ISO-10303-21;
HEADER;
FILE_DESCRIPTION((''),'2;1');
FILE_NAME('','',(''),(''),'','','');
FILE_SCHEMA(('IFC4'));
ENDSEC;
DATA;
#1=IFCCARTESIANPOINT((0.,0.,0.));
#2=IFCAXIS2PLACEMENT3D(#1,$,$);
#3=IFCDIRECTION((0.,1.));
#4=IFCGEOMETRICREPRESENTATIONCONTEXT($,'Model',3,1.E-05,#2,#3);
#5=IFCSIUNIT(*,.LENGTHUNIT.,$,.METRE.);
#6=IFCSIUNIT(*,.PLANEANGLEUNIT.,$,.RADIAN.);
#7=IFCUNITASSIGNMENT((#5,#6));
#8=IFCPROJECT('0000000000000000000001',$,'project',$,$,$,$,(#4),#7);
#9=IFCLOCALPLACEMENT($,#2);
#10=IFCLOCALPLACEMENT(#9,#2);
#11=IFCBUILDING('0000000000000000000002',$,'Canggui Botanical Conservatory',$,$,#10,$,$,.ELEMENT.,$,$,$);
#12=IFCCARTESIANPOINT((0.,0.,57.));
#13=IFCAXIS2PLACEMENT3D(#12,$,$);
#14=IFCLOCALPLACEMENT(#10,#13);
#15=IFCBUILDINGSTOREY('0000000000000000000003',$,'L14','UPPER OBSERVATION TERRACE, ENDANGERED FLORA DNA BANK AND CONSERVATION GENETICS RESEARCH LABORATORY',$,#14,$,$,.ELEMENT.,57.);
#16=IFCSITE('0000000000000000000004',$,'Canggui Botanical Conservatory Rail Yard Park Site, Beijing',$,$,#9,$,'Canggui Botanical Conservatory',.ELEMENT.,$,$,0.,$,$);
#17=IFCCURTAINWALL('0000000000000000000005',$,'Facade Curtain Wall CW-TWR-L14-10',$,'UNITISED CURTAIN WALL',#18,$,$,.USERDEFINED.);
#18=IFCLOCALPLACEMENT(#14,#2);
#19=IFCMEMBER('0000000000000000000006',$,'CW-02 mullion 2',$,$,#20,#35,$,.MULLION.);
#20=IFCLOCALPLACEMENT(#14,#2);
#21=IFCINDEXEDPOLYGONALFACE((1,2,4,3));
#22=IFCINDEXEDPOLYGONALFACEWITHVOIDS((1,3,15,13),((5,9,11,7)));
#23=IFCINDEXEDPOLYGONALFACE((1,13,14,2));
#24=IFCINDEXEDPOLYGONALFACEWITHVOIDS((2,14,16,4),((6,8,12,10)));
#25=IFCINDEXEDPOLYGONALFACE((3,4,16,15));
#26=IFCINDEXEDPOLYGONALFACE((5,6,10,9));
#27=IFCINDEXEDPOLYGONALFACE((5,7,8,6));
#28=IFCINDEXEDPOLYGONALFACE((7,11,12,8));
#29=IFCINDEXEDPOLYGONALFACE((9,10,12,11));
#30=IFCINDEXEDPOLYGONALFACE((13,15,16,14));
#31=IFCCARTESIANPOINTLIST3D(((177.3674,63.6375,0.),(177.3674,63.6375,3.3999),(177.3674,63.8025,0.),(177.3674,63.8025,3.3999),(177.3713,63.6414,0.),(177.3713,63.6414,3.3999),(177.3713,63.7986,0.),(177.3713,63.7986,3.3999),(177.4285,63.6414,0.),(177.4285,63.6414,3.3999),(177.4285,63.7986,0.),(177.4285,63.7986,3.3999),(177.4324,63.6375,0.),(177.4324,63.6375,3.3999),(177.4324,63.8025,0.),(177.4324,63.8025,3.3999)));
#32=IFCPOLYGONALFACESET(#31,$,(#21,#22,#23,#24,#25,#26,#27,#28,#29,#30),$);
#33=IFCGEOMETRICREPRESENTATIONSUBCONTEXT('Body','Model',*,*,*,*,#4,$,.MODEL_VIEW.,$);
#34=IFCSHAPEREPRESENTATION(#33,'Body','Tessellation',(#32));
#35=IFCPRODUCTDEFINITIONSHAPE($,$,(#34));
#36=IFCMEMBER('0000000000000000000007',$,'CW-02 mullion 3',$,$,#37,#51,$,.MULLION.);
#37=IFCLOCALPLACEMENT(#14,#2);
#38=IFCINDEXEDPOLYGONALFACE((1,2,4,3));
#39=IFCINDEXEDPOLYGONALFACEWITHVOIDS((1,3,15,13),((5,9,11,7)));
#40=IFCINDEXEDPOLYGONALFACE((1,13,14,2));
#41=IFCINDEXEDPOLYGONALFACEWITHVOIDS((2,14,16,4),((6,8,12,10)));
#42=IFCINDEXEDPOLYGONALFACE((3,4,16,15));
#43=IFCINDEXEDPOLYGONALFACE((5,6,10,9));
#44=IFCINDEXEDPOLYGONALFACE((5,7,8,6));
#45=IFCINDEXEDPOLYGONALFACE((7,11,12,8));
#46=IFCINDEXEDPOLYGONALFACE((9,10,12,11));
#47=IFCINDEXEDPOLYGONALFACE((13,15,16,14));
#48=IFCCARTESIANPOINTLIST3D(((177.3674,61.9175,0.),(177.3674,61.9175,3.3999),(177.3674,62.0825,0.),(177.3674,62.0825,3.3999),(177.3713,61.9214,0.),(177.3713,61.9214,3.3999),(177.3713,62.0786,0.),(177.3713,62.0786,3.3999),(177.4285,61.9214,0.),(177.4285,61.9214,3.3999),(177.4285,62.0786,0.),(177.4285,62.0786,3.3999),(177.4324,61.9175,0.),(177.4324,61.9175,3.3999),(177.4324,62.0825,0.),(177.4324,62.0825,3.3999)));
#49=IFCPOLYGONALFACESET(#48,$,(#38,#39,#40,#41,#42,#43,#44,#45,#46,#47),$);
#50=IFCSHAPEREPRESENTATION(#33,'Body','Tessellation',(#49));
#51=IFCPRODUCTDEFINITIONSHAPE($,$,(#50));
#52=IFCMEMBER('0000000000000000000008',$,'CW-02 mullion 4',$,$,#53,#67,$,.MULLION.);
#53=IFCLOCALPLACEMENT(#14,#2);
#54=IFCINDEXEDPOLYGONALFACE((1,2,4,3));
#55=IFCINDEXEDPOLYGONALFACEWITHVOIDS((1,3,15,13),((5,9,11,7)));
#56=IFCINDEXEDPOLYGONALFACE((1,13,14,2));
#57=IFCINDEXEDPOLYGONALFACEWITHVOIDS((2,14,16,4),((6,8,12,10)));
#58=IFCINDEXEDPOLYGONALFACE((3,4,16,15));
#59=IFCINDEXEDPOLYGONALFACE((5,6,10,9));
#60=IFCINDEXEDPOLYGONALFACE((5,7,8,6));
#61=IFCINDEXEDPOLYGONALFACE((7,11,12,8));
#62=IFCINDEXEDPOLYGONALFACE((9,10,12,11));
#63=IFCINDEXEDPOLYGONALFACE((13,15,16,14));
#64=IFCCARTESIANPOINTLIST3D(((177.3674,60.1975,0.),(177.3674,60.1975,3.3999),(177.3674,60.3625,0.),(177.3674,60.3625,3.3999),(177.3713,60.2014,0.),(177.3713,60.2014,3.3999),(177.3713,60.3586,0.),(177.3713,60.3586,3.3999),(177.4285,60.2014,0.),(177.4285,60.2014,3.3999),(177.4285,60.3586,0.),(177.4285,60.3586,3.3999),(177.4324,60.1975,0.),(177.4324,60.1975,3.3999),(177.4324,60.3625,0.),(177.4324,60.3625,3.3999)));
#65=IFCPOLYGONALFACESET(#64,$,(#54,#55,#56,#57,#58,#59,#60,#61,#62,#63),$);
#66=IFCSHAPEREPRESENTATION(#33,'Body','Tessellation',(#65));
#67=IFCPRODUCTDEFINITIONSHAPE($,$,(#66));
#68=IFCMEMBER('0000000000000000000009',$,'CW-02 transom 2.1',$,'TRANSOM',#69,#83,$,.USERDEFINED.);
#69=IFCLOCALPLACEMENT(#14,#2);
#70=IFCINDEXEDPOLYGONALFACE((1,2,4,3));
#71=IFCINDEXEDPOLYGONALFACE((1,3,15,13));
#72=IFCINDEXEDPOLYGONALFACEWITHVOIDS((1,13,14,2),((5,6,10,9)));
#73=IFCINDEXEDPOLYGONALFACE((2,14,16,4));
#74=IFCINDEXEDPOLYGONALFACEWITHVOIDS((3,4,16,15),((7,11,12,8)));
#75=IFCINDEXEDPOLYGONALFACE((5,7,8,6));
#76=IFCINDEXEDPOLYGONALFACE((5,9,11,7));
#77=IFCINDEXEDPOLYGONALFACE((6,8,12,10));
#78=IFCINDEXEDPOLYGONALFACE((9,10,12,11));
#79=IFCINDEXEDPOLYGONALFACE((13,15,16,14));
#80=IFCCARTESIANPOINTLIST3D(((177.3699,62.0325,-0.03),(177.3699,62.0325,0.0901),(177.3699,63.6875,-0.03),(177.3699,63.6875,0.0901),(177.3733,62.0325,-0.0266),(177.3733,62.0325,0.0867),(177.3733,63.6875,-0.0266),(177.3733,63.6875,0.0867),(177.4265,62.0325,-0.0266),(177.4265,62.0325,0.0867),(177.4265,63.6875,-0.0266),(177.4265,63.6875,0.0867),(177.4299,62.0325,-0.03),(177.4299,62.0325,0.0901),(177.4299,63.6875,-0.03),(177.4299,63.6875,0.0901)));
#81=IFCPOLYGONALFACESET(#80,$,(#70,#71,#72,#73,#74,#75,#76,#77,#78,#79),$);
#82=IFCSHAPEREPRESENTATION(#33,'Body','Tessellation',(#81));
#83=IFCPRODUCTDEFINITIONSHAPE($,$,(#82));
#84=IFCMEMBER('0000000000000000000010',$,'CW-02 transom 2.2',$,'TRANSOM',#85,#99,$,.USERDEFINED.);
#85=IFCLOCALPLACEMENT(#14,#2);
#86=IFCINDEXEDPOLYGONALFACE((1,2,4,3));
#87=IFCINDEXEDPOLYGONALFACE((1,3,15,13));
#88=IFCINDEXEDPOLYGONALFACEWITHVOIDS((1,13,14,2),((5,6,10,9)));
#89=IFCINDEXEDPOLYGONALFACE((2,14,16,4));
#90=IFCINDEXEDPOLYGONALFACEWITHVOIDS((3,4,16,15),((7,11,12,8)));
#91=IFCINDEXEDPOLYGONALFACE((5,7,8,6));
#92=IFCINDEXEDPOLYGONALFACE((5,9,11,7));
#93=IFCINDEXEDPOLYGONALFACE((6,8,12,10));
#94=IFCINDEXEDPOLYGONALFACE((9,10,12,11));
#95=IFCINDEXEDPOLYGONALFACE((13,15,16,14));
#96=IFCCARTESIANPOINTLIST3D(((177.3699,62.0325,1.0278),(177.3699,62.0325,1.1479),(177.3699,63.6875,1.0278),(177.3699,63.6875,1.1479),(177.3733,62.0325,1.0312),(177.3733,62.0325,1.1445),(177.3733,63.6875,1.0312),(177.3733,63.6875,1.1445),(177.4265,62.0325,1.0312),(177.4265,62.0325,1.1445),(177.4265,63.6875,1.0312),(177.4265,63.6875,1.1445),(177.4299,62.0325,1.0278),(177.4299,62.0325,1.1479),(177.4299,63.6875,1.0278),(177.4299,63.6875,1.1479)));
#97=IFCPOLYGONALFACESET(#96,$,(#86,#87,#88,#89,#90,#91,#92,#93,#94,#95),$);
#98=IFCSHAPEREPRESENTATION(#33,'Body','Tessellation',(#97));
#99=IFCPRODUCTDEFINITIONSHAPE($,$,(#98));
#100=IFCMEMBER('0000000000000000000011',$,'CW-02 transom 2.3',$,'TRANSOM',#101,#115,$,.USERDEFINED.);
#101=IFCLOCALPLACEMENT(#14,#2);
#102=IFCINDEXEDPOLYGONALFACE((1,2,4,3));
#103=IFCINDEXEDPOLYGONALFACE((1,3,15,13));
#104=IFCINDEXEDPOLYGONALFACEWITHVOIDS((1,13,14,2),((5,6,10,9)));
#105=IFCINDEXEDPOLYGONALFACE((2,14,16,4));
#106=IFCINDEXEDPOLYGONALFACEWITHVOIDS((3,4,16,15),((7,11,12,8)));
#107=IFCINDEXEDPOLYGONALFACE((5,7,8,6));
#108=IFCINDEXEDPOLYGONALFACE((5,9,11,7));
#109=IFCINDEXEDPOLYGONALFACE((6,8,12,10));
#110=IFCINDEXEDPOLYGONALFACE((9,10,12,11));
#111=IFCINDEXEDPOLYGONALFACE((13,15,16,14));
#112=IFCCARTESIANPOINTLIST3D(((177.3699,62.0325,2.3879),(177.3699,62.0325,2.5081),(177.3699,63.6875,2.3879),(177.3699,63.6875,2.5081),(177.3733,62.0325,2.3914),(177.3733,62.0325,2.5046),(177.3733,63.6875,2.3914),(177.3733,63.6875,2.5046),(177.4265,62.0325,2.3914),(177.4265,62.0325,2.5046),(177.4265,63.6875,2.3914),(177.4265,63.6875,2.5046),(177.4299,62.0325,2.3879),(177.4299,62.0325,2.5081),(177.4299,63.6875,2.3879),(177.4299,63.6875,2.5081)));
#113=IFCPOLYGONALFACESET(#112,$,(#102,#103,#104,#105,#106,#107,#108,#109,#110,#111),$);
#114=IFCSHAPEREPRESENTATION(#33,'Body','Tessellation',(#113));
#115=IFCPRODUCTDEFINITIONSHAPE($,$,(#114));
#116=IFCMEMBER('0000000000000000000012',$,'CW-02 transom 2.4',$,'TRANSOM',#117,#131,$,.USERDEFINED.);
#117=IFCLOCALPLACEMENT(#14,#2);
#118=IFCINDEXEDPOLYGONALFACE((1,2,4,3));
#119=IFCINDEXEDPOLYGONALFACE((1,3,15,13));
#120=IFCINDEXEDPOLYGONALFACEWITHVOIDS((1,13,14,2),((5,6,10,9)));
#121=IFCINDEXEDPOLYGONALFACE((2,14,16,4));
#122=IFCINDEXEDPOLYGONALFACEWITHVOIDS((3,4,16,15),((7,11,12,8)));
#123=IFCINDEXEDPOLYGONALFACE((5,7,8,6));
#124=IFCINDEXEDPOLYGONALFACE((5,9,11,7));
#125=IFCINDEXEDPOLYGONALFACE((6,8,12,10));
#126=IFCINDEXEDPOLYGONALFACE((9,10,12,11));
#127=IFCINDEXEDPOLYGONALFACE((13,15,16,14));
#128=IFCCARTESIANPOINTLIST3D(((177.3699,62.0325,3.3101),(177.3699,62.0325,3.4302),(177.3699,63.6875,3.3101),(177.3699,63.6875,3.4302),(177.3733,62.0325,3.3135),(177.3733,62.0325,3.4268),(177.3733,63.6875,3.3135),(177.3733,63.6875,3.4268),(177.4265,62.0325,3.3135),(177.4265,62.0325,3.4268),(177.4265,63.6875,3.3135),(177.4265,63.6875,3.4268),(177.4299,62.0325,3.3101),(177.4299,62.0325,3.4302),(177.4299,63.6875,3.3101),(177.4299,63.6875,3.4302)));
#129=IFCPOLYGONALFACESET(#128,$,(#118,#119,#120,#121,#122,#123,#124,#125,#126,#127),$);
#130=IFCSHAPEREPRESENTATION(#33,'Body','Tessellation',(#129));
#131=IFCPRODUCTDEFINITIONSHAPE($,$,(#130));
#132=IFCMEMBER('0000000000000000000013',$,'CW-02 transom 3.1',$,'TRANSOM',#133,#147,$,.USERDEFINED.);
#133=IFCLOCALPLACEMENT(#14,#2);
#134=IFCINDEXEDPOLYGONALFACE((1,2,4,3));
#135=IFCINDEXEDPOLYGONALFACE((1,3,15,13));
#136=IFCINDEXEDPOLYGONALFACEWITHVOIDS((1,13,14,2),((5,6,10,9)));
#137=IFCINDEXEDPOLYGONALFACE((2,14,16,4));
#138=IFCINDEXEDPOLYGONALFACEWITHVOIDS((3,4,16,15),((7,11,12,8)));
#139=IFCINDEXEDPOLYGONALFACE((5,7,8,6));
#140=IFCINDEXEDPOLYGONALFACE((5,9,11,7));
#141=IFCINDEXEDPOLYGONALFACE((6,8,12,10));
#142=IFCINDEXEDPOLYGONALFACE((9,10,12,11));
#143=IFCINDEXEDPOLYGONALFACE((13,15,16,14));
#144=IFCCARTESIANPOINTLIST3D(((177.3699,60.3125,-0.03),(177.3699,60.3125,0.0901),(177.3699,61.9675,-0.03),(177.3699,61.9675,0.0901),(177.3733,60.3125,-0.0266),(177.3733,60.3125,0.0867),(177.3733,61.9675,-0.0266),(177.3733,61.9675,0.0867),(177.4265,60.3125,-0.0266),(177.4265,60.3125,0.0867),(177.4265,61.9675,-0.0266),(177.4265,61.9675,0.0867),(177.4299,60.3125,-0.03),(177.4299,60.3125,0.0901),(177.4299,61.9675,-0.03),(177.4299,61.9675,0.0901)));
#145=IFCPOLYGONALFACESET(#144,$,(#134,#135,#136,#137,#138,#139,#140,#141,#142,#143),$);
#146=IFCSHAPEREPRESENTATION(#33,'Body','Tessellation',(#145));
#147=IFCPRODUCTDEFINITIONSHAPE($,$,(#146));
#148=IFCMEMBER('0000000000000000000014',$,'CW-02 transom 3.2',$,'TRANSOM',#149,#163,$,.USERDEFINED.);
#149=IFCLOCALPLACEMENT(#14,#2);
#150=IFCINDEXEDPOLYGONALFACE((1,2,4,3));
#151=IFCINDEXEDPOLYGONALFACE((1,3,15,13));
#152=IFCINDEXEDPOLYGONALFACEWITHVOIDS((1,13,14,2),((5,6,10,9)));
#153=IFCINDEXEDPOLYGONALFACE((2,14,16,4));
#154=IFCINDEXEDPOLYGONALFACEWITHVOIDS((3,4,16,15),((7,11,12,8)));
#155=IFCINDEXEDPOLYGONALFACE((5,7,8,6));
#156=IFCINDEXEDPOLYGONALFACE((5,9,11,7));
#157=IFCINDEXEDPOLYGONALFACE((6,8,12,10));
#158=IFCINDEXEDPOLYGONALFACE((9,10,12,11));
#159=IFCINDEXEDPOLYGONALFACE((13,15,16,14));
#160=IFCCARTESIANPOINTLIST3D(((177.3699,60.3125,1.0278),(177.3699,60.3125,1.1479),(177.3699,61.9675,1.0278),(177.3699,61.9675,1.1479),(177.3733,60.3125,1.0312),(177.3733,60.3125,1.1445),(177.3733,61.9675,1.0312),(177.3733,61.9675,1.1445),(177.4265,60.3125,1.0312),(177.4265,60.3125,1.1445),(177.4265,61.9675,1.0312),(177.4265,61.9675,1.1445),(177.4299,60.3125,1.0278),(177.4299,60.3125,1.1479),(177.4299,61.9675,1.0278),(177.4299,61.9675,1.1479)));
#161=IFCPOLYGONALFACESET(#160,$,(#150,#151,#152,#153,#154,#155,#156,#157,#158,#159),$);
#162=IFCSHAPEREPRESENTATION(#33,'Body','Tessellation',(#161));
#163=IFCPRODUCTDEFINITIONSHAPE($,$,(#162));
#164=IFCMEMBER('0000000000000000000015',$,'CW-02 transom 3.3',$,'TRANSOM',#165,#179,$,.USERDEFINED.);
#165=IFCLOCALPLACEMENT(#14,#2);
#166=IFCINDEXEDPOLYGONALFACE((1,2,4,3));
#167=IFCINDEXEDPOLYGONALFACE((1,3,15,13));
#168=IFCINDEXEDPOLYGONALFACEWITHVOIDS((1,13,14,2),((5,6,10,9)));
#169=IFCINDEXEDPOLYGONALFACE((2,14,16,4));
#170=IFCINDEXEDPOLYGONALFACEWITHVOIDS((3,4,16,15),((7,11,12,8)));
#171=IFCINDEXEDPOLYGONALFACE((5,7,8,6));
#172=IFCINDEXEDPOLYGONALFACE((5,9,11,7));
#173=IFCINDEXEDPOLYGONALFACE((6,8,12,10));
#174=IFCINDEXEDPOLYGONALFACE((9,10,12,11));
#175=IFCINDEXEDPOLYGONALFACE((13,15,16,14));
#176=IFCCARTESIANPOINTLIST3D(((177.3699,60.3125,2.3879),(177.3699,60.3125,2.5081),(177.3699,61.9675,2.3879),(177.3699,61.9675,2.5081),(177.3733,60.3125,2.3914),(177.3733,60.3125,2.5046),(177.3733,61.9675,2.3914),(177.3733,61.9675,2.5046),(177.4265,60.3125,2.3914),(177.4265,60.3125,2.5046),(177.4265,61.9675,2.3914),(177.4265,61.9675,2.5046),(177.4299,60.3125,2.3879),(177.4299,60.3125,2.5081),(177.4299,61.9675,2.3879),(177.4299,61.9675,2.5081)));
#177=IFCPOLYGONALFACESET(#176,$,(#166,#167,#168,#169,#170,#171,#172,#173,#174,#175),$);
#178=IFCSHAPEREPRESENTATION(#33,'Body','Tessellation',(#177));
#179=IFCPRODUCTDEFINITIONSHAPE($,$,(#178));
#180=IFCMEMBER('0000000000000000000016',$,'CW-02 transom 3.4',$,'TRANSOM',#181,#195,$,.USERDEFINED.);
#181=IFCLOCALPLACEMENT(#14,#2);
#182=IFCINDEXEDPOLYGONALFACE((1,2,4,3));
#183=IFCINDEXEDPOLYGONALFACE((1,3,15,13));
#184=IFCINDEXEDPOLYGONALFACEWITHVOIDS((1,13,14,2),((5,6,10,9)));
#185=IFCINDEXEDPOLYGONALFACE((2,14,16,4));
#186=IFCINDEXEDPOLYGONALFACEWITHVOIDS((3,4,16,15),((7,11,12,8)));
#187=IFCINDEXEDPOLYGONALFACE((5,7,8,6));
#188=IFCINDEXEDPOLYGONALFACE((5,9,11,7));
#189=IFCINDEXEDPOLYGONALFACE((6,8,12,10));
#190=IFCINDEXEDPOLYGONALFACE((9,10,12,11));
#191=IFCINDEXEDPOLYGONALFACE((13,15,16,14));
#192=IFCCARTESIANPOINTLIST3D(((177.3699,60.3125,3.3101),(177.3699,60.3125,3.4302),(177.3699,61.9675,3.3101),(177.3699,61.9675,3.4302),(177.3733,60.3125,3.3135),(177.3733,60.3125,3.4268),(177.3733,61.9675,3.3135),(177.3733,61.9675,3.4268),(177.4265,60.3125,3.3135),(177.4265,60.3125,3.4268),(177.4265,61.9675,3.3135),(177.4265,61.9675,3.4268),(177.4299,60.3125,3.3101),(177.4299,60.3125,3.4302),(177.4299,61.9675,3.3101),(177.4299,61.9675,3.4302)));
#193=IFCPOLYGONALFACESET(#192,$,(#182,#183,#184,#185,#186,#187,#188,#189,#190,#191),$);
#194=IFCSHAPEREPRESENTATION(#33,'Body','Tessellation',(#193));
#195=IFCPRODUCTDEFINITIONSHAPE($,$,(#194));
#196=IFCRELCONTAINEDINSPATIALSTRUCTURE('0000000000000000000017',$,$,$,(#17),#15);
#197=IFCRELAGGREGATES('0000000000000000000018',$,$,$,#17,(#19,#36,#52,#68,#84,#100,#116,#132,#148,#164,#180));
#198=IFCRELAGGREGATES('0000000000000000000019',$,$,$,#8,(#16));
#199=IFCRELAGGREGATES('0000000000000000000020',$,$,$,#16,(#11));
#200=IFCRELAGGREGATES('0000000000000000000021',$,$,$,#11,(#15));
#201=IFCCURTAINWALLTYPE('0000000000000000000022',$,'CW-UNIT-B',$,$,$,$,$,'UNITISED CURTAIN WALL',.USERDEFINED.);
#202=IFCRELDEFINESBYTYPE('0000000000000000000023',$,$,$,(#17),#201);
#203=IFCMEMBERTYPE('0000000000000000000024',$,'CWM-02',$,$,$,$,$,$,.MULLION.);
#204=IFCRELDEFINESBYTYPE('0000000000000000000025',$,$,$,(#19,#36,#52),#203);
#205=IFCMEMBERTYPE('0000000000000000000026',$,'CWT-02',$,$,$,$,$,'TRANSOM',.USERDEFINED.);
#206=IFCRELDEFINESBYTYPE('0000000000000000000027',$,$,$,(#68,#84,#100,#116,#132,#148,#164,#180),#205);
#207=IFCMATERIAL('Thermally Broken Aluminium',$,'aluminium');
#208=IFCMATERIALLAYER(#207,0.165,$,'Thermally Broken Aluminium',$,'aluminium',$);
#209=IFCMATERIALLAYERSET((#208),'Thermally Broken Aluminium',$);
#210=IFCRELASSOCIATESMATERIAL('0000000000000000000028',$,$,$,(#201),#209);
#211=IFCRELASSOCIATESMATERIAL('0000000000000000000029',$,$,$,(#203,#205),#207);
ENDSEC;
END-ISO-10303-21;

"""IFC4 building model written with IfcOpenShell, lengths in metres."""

from ifc_helpers import new_model, si_unit, direction, frame, origin, origin_2d, place, context, subcontext, project, spatial, hollow_rectangle, extrude, material, layer, layer_set, material_profile, profile_set, type_object, element, aggregate, save


model = new_model("IFC4")

# Units and contexts
model_context = context("Model", 3, precision=1e-05, world=origin(), true_north=direction((0.0, 1.0)))
body_context = subcontext(model_context, "Body", "Model", "MODEL_VIEW")
ifc_project = project(units=[si_unit("LENGTHUNIT", "METRE"), si_unit("PLANEANGLEUNIT", "RADIAN")], contexts=[model_context])

# Site, building, storey
site_placement = place(None, origin())
site = spatial("IfcSite", under=ifc_project, at=site_placement, Name="Canggui Botanical Conservatory Rail Yard Park Site, Beijing", LongName="Canggui Botanical Conservatory", CompositionType="ELEMENT", RefElevation=0.0)
building_placement = place(site_placement, origin())
building = spatial("IfcBuilding", under=site, at=building_placement, Name="Canggui Botanical Conservatory", CompositionType="ELEMENT")
storey_placement = place(building_placement, frame((0.0, 0.0, 57.0)))
storey = spatial("IfcBuildingStorey", under=building, at=storey_placement, Name="L14", Description="UPPER OBSERVATION TERRACE, ENDANGERED FLORA DNA BANK AND CONSERVATION GENETICS RESEARCH LABORATORY", CompositionType="ELEMENT", Elevation=57.0)

# Curtain wall, members
ifc_material_1 = material(Name="Thermally Broken Aluminium", Category="aluminium")
ifc_layer_1 = layer(ifc_material_1, 0.165, Name="Thermally Broken Aluminium", Category="aluminium")
ifc_layer_set_1 = layer_set([ifc_layer_1], Name="Thermally Broken Aluminium")
curtain_wall_type = type_object("IfcCurtainWallType", Name="CW-UNIT-B", ElementType="UNITISED CURTAIN WALL", PredefinedType="USERDEFINED", material=ifc_layer_set_1)
curtain_wall_placement = place(storey_placement, origin())
curtain_wall = element("IfcCurtainWall", 1, at=curtain_wall_placement, inside=storey, type_object=curtain_wall_type, Name="Facade Curtain Wall CW-TWR-L14-10", ObjectType="UNITISED CURTAIN WALL", PredefinedType="USERDEFINED")
ifc_material_profile_1 = material_profile(ifc_material_1, hollow_rectangle(XDim=0.0649, YDim=0.165, WallThickness=0.0039, at=origin_2d()), Name="CWM 65x165x4")
ifc_profile_set_1 = profile_set([ifc_material_profile_1], Name="Thermally Broken Aluminium")
member_type_1 = type_object("IfcMemberType", Name="CWM-02", PredefinedType="MULLION", material=ifc_profile_set_1)
member_1_placement = place(storey_placement, frame((177.3999, 63.72, 0.0), z_axis=(0.0, 0.0, 1.0), x_axis=(1.0, 0.0, 0.0)))
member_1 = element("IfcMember", 2, at=member_1_placement, type_object=member_type_1, Name="CW-02 mullion 2", PredefinedType="MULLION", context=body_context, shape_type="SweptSolid", body=[
    extrude(hollow_rectangle(XDim=0.0649, YDim=0.165, WallThickness=0.0039, at=origin_2d()), origin(), (0.0, 0.0, 1.0), 3.3999),
])
member_2_placement = place(storey_placement, frame((177.3999, 62.0, 0.0), z_axis=(0.0, 0.0, 1.0), x_axis=(1.0, 0.0, 0.0)))
member_2 = element("IfcMember", 3, at=member_2_placement, type_object=member_type_1, Name="CW-02 mullion 3", PredefinedType="MULLION", context=body_context, shape_type="SweptSolid", body=[
    extrude(hollow_rectangle(XDim=0.0649, YDim=0.165, WallThickness=0.0039, at=origin_2d()), origin(), (0.0, 0.0, 1.0), 3.3999),
])
member_3_placement = place(storey_placement, frame((177.3999, 60.28, 0.0), z_axis=(0.0, 0.0, 1.0), x_axis=(1.0, 0.0, 0.0)))
member_3 = element("IfcMember", 4, at=member_3_placement, type_object=member_type_1, Name="CW-02 mullion 4", PredefinedType="MULLION", context=body_context, shape_type="SweptSolid", body=[
    extrude(hollow_rectangle(XDim=0.0649, YDim=0.165, WallThickness=0.0039, at=origin_2d()), origin(), (0.0, 0.0, 1.0), 3.3999),
])
ifc_material_profile_2 = material_profile(ifc_material_1, hollow_rectangle(XDim=0.0601, YDim=0.1201, WallThickness=0.0034, at=origin_2d()), Name="CWT 60x120x3.5")
ifc_profile_set_2 = profile_set([ifc_material_profile_2], Name="Thermally Broken Aluminium")
member_type_2 = type_object("IfcMemberType", Name="CWT-02", ElementType="TRANSOM", PredefinedType="USERDEFINED", material=ifc_profile_set_2)
member_4_placement = place(storey_placement, frame((177.3999, 63.6875, 0.03), z_axis=(0.0, -1.0, 0.0), x_axis=(1.0, 0.0, 0.0)))
member_4 = element("IfcMember", 5, at=member_4_placement, type_object=member_type_2, Name="CW-02 transom 2.1", ObjectType="TRANSOM", PredefinedType="USERDEFINED", context=body_context, shape_type="SweptSolid", body=[
    extrude(hollow_rectangle(XDim=0.0601, YDim=0.1201, WallThickness=0.0034, at=origin_2d()), origin(), (0.0, 0.0, 1.0), 1.655),
])
member_5_placement = place(storey_placement, frame((177.3999, 63.6875, 1.0879), z_axis=(0.0, -1.0, 0.0), x_axis=(1.0, 0.0, 0.0)))
member_5 = element("IfcMember", 6, at=member_5_placement, type_object=member_type_2, Name="CW-02 transom 2.2", ObjectType="TRANSOM", PredefinedType="USERDEFINED", context=body_context, shape_type="SweptSolid", body=[
    extrude(hollow_rectangle(XDim=0.0601, YDim=0.1201, WallThickness=0.0034, at=origin_2d()), origin(), (0.0, 0.0, 1.0), 1.655),
])
member_6_placement = place(storey_placement, frame((177.3999, 63.6875, 2.448), z_axis=(0.0, -1.0, 0.0), x_axis=(1.0, 0.0, 0.0)))
member_6 = element("IfcMember", 7, at=member_6_placement, type_object=member_type_2, Name="CW-02 transom 2.3", ObjectType="TRANSOM", PredefinedType="USERDEFINED", context=body_context, shape_type="SweptSolid", body=[
    extrude(hollow_rectangle(XDim=0.0601, YDim=0.1201, WallThickness=0.0034, at=origin_2d()), origin(), (0.0, 0.0, 1.0), 1.655),
])
member_7_placement = place(storey_placement, frame((177.3999, 63.6875, 3.3701), z_axis=(0.0, -1.0, 0.0), x_axis=(1.0, 0.0, 0.0)))
member_7 = element("IfcMember", 8, at=member_7_placement, type_object=member_type_2, Name="CW-02 transom 2.4", ObjectType="TRANSOM", PredefinedType="USERDEFINED", context=body_context, shape_type="SweptSolid", body=[
    extrude(hollow_rectangle(XDim=0.0601, YDim=0.1201, WallThickness=0.0034, at=origin_2d()), origin(), (0.0, 0.0, 1.0), 1.655),
])
member_8_placement = place(storey_placement, frame((177.3999, 61.9675, 0.03), z_axis=(0.0, -1.0, 0.0), x_axis=(1.0, 0.0, 0.0)))
member_8 = element("IfcMember", 9, at=member_8_placement, type_object=member_type_2, Name="CW-02 transom 3.1", ObjectType="TRANSOM", PredefinedType="USERDEFINED", context=body_context, shape_type="SweptSolid", body=[
    extrude(hollow_rectangle(XDim=0.0601, YDim=0.1201, WallThickness=0.0034, at=origin_2d()), origin(), (0.0, 0.0, 1.0), 1.655),
])
member_9_placement = place(storey_placement, frame((177.3999, 61.9675, 1.0879), z_axis=(0.0, -1.0, 0.0), x_axis=(1.0, 0.0, 0.0)))
member_9 = element("IfcMember", 10, at=member_9_placement, type_object=member_type_2, Name="CW-02 transom 3.2", ObjectType="TRANSOM", PredefinedType="USERDEFINED", context=body_context, shape_type="SweptSolid", body=[
    extrude(hollow_rectangle(XDim=0.0601, YDim=0.1201, WallThickness=0.0034, at=origin_2d()), origin(), (0.0, 0.0, 1.0), 1.655),
])
member_10_placement = place(storey_placement, frame((177.3999, 61.9675, 2.448), z_axis=(0.0, -1.0, 0.0), x_axis=(1.0, 0.0, 0.0)))
member_10 = element("IfcMember", 11, at=member_10_placement, type_object=member_type_2, Name="CW-02 transom 3.3", ObjectType="TRANSOM", PredefinedType="USERDEFINED", context=body_context, shape_type="SweptSolid", body=[
    extrude(hollow_rectangle(XDim=0.0601, YDim=0.1201, WallThickness=0.0034, at=origin_2d()), origin(), (0.0, 0.0, 1.0), 1.655),
])
member_11_placement = place(storey_placement, frame((177.3999, 61.9675, 3.3701), z_axis=(0.0, -1.0, 0.0), x_axis=(1.0, 0.0, 0.0)))
member_11 = element("IfcMember", 12, at=member_11_placement, type_object=member_type_2, Name="CW-02 transom 3.4", ObjectType="TRANSOM", PredefinedType="USERDEFINED", context=body_context, shape_type="SweptSolid", body=[
    extrude(hollow_rectangle(XDim=0.0601, YDim=0.1201, WallThickness=0.0034, at=origin_2d()), origin(), (0.0, 0.0, 1.0), 1.655),
])
aggregate(curtain_wall, [member_1, member_2, member_3, member_4, member_5, member_6, member_7, member_8, member_9, member_10, member_11])

save(model, "model.ifc")
